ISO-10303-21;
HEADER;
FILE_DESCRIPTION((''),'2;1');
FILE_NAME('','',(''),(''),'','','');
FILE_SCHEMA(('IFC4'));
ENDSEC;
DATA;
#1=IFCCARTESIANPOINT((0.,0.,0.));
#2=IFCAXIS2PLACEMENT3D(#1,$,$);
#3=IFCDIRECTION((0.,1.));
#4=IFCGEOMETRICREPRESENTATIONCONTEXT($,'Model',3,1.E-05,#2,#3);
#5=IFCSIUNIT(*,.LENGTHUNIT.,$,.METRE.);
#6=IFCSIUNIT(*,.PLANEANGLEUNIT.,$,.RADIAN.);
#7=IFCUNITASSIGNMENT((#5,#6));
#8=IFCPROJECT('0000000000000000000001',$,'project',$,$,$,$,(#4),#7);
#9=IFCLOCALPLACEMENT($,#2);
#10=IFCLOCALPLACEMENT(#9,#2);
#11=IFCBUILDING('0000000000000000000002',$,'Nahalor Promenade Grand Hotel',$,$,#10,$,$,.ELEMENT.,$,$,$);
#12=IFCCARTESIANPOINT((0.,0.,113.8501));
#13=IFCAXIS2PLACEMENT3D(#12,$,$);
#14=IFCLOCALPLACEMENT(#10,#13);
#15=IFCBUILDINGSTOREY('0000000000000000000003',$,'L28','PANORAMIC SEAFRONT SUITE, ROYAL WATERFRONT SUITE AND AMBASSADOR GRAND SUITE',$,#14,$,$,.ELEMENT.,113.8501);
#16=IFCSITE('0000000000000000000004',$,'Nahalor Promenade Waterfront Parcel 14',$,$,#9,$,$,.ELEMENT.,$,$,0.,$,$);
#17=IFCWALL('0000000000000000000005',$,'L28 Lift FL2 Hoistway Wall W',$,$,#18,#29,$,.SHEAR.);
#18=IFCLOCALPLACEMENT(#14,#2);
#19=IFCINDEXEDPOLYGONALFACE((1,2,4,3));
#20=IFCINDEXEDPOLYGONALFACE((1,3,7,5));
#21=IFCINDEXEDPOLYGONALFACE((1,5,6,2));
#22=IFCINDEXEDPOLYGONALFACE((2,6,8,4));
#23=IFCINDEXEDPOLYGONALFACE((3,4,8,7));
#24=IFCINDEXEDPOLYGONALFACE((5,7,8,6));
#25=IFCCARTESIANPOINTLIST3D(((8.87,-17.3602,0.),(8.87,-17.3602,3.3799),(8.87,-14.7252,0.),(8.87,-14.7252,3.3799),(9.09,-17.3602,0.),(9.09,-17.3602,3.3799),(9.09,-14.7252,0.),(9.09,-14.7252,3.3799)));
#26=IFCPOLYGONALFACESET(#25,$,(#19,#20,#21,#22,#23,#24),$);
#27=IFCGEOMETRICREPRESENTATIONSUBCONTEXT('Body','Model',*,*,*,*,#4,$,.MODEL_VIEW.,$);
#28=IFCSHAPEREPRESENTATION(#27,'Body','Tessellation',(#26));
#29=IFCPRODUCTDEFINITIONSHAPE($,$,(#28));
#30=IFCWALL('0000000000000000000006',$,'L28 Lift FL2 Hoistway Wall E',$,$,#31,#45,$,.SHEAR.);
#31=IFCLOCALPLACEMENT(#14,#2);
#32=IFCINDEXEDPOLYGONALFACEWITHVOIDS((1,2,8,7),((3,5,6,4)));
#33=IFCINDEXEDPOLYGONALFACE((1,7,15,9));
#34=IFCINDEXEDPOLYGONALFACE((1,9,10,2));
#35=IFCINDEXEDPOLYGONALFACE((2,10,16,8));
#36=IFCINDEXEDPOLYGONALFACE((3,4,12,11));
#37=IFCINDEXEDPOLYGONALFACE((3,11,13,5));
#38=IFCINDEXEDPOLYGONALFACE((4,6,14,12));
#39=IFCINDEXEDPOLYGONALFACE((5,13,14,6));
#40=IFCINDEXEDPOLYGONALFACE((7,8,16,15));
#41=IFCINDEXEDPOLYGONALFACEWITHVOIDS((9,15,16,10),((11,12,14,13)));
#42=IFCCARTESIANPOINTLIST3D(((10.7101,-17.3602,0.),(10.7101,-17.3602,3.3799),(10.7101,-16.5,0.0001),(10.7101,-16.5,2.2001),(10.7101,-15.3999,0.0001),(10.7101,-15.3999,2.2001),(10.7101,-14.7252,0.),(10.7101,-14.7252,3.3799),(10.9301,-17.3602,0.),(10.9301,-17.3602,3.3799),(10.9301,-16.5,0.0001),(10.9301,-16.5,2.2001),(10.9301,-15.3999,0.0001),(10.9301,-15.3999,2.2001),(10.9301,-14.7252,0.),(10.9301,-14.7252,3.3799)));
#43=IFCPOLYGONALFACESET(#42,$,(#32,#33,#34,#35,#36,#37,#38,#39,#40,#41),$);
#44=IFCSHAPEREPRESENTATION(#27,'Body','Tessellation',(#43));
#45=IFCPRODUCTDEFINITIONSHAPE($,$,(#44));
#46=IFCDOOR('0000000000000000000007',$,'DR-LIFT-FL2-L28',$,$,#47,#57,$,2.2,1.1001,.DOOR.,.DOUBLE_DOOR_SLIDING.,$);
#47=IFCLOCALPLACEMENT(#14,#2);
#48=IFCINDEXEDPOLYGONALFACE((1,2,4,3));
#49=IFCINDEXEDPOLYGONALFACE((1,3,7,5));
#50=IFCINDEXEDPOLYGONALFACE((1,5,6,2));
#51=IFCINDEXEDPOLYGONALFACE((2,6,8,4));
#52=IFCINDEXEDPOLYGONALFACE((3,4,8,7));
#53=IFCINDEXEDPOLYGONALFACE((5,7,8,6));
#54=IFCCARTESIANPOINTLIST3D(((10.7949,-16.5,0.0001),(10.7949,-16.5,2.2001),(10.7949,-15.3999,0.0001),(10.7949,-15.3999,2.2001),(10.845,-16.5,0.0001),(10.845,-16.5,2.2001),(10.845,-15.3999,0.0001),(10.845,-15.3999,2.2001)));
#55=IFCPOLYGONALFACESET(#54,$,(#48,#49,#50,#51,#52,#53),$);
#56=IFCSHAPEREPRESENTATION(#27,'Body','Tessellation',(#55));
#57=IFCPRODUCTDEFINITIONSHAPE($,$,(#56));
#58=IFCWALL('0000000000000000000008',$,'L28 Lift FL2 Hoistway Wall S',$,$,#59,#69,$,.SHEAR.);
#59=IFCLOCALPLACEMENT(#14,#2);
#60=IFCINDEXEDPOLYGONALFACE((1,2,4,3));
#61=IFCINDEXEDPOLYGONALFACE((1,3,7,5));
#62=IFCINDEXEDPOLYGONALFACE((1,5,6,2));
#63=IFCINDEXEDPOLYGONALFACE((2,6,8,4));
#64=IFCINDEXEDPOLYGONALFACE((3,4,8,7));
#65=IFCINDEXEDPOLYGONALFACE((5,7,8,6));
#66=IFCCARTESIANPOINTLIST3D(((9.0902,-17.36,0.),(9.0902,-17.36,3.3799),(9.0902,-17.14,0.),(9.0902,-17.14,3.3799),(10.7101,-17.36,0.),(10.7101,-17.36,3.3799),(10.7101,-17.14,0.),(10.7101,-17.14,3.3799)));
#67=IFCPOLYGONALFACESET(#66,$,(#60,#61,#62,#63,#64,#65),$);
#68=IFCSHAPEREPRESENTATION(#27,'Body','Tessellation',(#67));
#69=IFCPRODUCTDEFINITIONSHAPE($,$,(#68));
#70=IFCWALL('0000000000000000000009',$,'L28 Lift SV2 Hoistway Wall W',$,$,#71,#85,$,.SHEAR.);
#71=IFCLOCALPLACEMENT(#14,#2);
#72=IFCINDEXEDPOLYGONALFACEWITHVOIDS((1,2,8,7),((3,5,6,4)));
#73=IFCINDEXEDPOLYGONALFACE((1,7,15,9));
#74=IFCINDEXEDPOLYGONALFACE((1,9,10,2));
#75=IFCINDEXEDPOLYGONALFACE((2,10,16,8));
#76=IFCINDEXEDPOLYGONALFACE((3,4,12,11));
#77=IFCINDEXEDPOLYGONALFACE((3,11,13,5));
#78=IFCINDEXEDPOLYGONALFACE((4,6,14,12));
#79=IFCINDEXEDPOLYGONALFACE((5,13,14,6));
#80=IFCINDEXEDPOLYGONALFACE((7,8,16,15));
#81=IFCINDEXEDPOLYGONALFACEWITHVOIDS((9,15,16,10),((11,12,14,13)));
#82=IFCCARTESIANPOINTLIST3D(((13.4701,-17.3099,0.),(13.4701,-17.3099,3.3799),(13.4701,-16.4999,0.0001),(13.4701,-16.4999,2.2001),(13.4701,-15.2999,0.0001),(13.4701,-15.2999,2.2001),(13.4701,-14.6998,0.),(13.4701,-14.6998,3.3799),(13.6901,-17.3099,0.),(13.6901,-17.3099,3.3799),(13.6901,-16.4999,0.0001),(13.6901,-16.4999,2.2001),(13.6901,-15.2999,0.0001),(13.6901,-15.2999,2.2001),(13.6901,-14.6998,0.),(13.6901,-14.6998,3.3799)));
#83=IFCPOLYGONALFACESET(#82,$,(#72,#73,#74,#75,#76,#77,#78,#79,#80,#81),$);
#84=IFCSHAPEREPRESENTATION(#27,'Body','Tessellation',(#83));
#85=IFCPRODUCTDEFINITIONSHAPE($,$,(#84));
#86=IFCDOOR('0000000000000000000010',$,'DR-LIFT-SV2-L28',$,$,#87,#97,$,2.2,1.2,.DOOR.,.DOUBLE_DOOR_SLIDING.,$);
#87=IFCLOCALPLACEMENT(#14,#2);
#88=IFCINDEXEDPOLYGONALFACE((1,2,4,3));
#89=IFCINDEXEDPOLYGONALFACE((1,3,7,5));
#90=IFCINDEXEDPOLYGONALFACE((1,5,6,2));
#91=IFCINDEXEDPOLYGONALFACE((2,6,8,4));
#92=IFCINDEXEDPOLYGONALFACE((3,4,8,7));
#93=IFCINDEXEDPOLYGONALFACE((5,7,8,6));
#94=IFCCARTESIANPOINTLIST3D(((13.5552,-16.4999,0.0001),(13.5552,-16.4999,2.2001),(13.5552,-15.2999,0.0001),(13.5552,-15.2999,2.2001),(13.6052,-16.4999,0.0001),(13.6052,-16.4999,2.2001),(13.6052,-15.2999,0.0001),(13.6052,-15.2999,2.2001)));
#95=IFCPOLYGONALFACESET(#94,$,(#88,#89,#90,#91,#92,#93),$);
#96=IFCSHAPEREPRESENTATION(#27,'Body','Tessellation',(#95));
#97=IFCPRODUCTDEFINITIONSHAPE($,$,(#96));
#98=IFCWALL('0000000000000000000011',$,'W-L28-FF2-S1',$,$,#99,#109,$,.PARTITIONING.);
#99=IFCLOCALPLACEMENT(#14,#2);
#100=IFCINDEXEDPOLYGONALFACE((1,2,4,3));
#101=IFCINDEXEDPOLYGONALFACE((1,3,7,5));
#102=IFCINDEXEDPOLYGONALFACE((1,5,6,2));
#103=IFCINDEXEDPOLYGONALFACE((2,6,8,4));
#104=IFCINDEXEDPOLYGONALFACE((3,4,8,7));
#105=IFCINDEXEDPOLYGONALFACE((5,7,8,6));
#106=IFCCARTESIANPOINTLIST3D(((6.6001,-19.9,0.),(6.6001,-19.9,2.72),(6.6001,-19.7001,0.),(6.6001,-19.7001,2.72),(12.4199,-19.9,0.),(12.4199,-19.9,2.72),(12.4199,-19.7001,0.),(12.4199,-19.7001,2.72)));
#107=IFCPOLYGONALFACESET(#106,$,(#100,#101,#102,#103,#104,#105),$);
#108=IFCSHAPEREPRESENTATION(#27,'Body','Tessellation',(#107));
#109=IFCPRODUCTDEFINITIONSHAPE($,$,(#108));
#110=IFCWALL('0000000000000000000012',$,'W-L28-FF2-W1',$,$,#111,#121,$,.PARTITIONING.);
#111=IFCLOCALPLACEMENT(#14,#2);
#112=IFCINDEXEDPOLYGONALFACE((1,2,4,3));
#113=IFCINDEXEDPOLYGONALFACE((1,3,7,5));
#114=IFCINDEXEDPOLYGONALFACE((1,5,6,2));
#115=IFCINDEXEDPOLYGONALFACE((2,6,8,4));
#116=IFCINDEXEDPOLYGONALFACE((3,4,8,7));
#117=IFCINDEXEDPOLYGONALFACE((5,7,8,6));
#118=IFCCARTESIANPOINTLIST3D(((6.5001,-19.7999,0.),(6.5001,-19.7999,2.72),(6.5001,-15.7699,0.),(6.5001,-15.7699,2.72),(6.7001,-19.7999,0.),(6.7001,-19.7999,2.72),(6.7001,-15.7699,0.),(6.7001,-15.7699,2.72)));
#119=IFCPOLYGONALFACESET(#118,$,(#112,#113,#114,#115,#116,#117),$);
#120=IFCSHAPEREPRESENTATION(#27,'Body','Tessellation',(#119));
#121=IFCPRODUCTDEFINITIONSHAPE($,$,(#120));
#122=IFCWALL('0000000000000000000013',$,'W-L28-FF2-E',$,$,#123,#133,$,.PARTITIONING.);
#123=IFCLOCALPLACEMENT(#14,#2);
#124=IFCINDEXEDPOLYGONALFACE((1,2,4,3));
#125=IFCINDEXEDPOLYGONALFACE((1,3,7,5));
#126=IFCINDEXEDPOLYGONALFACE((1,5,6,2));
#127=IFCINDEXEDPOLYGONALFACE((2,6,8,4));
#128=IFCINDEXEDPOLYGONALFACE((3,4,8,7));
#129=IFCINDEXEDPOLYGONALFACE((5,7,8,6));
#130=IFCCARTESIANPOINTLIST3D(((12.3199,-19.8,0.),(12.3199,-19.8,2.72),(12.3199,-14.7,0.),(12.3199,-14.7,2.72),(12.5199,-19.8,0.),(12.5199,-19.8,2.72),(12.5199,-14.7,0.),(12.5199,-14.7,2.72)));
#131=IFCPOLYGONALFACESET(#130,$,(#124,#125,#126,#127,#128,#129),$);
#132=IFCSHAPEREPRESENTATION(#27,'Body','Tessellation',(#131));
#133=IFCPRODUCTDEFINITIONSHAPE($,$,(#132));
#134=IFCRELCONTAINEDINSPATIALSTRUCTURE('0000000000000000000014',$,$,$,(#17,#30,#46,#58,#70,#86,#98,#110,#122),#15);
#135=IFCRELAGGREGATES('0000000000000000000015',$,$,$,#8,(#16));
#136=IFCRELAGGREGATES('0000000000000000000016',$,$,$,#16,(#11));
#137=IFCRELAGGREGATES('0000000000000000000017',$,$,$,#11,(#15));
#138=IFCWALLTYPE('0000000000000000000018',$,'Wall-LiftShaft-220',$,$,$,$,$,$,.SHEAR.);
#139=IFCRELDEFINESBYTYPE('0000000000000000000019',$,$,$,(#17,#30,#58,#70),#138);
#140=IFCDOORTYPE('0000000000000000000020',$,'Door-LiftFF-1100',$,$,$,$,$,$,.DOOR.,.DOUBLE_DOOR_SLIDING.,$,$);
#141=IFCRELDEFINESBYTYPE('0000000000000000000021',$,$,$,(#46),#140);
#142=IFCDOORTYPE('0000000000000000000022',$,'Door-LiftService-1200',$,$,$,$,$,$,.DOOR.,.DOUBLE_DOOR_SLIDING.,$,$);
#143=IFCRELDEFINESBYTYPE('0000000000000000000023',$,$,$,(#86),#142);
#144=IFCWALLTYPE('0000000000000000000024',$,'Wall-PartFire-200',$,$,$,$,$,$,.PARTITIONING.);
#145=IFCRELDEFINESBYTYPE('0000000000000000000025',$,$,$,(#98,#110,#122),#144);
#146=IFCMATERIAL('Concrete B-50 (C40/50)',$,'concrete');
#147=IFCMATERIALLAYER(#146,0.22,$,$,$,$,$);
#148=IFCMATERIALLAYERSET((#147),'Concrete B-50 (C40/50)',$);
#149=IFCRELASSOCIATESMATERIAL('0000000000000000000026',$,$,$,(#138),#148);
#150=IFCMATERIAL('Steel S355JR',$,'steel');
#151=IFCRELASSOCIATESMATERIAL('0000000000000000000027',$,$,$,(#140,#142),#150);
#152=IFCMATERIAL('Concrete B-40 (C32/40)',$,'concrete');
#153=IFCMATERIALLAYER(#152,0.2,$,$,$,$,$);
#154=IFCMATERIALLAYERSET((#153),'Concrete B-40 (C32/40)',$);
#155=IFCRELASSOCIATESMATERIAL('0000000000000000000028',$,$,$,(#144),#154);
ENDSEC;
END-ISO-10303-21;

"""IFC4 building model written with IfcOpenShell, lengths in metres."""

from ifc_helpers import new_model, si_unit, direction, frame, frame_2d, origin, place, context, subcontext, project, spatial, rectangle, extrude, source, transform, mapped, material, layer, layer_set, type_object, element, fill, save


model = new_model("IFC4")

# Units and contexts
model_context = context("Model", 3, precision=1e-05, world=origin(), true_north=direction((0.0, 1.0)))
body_context = subcontext(model_context, "Body", "Model", "MODEL_VIEW")
ifc_project = project(units=[si_unit("LENGTHUNIT", "METRE"), si_unit("PLANEANGLEUNIT", "RADIAN")], contexts=[model_context])

# Site, building, storey
site_placement = place(None, origin())
site = spatial("IfcSite", under=ifc_project, at=site_placement, Name="Nahalor Promenade Waterfront Parcel 14", CompositionType="ELEMENT", RefElevation=0.0)
building_placement = place(site_placement, origin())
building = spatial("IfcBuilding", under=site, at=building_placement, Name="Nahalor Promenade Grand Hotel", CompositionType="ELEMENT")
storey_placement = place(building_placement, frame((0.0, 0.0, 113.8501)))
storey = spatial("IfcBuildingStorey", under=building, at=storey_placement, Name="L28", Description="PANORAMIC SEAFRONT SUITE, ROYAL WATERFRONT SUITE AND AMBASSADOR GRAND SUITE", CompositionType="ELEMENT", Elevation=113.8501)

# Shared definitions
ifc_material_1 = material(Name="Steel S355JR", Category="steel")

# Shared definitions
ifc_material_2 = material(Name="Concrete B-50 (C40/50)", Category="concrete")

# Wall
ifc_layer_1 = layer(ifc_material_2, 0.22)
ifc_layer_set_1 = layer_set([ifc_layer_1], Name="Concrete B-50 (C40/50)")
wall_type_1 = type_object("IfcWallType", Name="Wall-LiftShaft-220", PredefinedType="SHEAR", material=ifc_layer_set_1)
shared_shape_1 = source(origin(), body_context, "Body", "SweptSolid", [
    extrude(rectangle(XDim=2.635, YDim=0.22, at=frame_2d((1.3174, 0.0))), origin(), (0.0, 0.0, 1.0), 3.3799),
])
wall_1_placement = place(storey_placement, frame((8.98, -17.3601, 0.0), z_axis=(0.0, 0.0, 1.0), x_axis=(0.0, 1.0, 0.0)))
element("IfcWall", 1, at=wall_1_placement, inside=storey, type_object=wall_type_1, Name="L28 Lift FL2 Hoistway Wall W", PredefinedType="SHEAR", context=body_context, shape_type="MappedRepresentation", body=[
    mapped(shared_shape_1, transform((0.0, 0.0, 0.0), scale=1.0)),
])

# Wall, opening, door
wall_2_placement = place(storey_placement, frame((10.8201, -17.3601, 0.0), z_axis=(0.0, 0.0, 1.0), x_axis=(0.0, 1.0, 0.0)))
wall_2 = element("IfcWall", 2, at=wall_2_placement, inside=storey, type_object=wall_type_1, Name="L28 Lift FL2 Hoistway Wall E", PredefinedType="SHEAR", context=body_context, shape_type="MappedRepresentation", body=[
    mapped(shared_shape_1, transform((0.0, 0.0, 0.0), scale=1.0)),
])
opening_1_placement = place(wall_2_placement, frame((0.8601, 0.0, 0.0)))
opening_1 = element("IfcOpeningElement", 3, at=opening_1_placement, cuts=wall_2, PredefinedType="OPENING", context=body_context, shape_type="SweptSolid", body=[
    extrude(rectangle(XDim=1.1001, YDim=2.2, at=frame_2d((0.55, 1.1001))), frame((0.0, 0.1199, 0.0), z_axis=(0.0, -1.0, 0.0), x_axis=(1.0, 0.0, 0.0)), (0.0, 0.0, 1.0), 0.24),
])
door_type_1 = type_object("IfcDoorType", Name="Door-LiftFF-1100", OperationType="DOUBLE_DOOR_SLIDING", PredefinedType="DOOR", material=ifc_material_1)
shared_shape_2 = source(origin(), body_context, "Body", "SweptSolid", [
    extrude(rectangle(XDim=1.1001, YDim=2.2, at=frame_2d((0.55, 1.1001))), frame((0.0, 0.0249, 0.0), z_axis=(0.0, -1.0, 0.0), x_axis=(1.0, 0.0, 0.0)), (0.0, 0.0, 1.0), 0.05),
])
door_1_placement = place(opening_1_placement, frame((1.1001, 0.0, 0.0), z_axis=(0.0, 0.0, 1.0), x_axis=(-1.0, 0.0, 0.0)))
door_1 = element("IfcDoor", 4, at=door_1_placement, inside=storey, type_object=door_type_1, Name="DR-LIFT-FL2-L28", OperationType="DOUBLE_DOOR_SLIDING", OverallHeight=2.2, OverallWidth=1.1001, PredefinedType="DOOR", context=body_context, shape_type="MappedRepresentation", body=[
    mapped(shared_shape_2, transform((0.0, 0.0, 0.0), scale=1.0)),
])
fill(opening_1, door_1)

# Wall
shared_shape_3 = source(origin(), body_context, "Body", "SweptSolid", [
    extrude(rectangle(XDim=1.6199, YDim=0.22, at=frame_2d((0.8101, 0.0))), origin(), (0.0, 0.0, 1.0), 3.3799),
])
wall_3_placement = place(storey_placement, frame((9.0901, -17.25, 0.0), z_axis=(0.0, 0.0, 1.0), x_axis=(1.0, 0.0, 0.0)))
element("IfcWall", 5, at=wall_3_placement, inside=storey, type_object=wall_type_1, Name="L28 Lift FL2 Hoistway Wall S", PredefinedType="SHEAR", context=body_context, shape_type="MappedRepresentation", body=[
    mapped(shared_shape_3, transform((0.0, 0.0, 0.0), scale=1.0)),
])

# Wall, opening, door
shared_shape_4 = source(origin(), body_context, "Body", "SweptSolid", [
    extrude(rectangle(XDim=2.6101, YDim=0.22, at=frame_2d((1.3052, 0.0))), origin(), (0.0, 0.0, 1.0), 3.3799),
])
wall_4_placement = place(storey_placement, frame((13.5801, -17.3101, 0.0), z_axis=(0.0, 0.0, 1.0), x_axis=(0.0, 1.0, 0.0)))
wall_4 = element("IfcWall", 6, at=wall_4_placement, inside=storey, type_object=wall_type_1, Name="L28 Lift SV2 Hoistway Wall W", PredefinedType="SHEAR", context=body_context, shape_type="MappedRepresentation", body=[
    mapped(shared_shape_4, transform((0.0, 0.0, 0.0), scale=1.0)),
])
opening_2_placement = place(wall_4_placement, frame((0.8101, 0.0, 0.0)))
opening_2 = element("IfcOpeningElement", 7, at=opening_2_placement, cuts=wall_4, PredefinedType="OPENING", context=body_context, shape_type="SweptSolid", body=[
    extrude(rectangle(XDim=1.2, YDim=2.2, at=frame_2d((0.6001, 1.1001))), frame((0.0, 0.1199, 0.0), z_axis=(0.0, -1.0, 0.0), x_axis=(1.0, 0.0, 0.0)), (0.0, 0.0, 1.0), 0.24),
])
door_type_2 = type_object("IfcDoorType", Name="Door-LiftService-1200", OperationType="DOUBLE_DOOR_SLIDING", PredefinedType="DOOR", material=ifc_material_1)
shared_shape_5 = source(origin(), body_context, "Body", "SweptSolid", [
    extrude(rectangle(XDim=1.2, YDim=2.2, at=frame_2d((0.6001, 1.1001))), frame((0.0, 0.0249, 0.0), z_axis=(0.0, -1.0, 0.0), x_axis=(1.0, 0.0, 0.0)), (0.0, 0.0, 1.0), 0.05),
])
door_2_placement = place(opening_2_placement, origin())
door_2 = element("IfcDoor", 8, at=door_2_placement, inside=storey, type_object=door_type_2, Name="DR-LIFT-SV2-L28", OperationType="DOUBLE_DOOR_SLIDING", OverallHeight=2.2, OverallWidth=1.2, PredefinedType="DOOR", context=body_context, shape_type="MappedRepresentation", body=[
    mapped(shared_shape_5, transform((0.0, 0.0, 0.0), scale=1.0)),
])
fill(opening_2, door_2)

# Walls
ifc_material_3 = material(Name="Concrete B-40 (C32/40)", Category="concrete")
ifc_layer_2 = layer(ifc_material_3, 0.2)
ifc_layer_set_2 = layer_set([ifc_layer_2], Name="Concrete B-40 (C32/40)")
wall_type_2 = type_object("IfcWallType", Name="Wall-PartFire-200", PredefinedType="PARTITIONING", material=ifc_layer_set_2)
shared_shape_6 = source(origin(), body_context, "Body", "SweptSolid", [
    extrude(rectangle(XDim=5.8198, YDim=0.2, at=frame_2d((2.9099, 0.0))), origin(), (0.0, 0.0, 1.0), 2.72),
])
wall_5_placement = place(storey_placement, frame((6.6001, -19.8, 0.0), z_axis=(0.0, 0.0, 1.0), x_axis=(1.0, 0.0, 0.0)))
element("IfcWall", 9, at=wall_5_placement, inside=storey, type_object=wall_type_2, Name="W-L28-FF2-S1", PredefinedType="PARTITIONING", context=body_context, shape_type="MappedRepresentation", body=[
    mapped(shared_shape_6, transform((0.0, 0.0, 0.0), scale=1.0)),
])
shared_shape_7 = source(origin(), body_context, "Body", "SweptSolid", [
    extrude(rectangle(XDim=4.03, YDim=0.2, at=frame_2d((2.0151, 0.0))), origin(), (0.0, 0.0, 1.0), 2.72),
])
wall_6_placement = place(storey_placement, frame((6.6001, -19.8, 0.0), z_axis=(0.0, 0.0, 1.0), x_axis=(0.0, 1.0, 0.0)))
element("IfcWall", 10, at=wall_6_placement, inside=storey, type_object=wall_type_2, Name="W-L28-FF2-W1", PredefinedType="PARTITIONING", context=body_context, shape_type="MappedRepresentation", body=[
    mapped(shared_shape_7, transform((0.0, 0.0, 0.0), scale=1.0)),
])
shared_shape_8 = source(origin(), body_context, "Body", "SweptSolid", [
    extrude(rectangle(XDim=5.1001, YDim=0.2, at=frame_2d((2.55, 0.0))), origin(), (0.0, 0.0, 1.0), 2.72),
])
wall_7_placement = place(storey_placement, frame((12.4199, -19.8, 0.0), z_axis=(0.0, 0.0, 1.0), x_axis=(0.0, 1.0, 0.0)))
element("IfcWall", 11, at=wall_7_placement, inside=storey, type_object=wall_type_2, Name="W-L28-FF2-E", PredefinedType="PARTITIONING", context=body_context, shape_type="MappedRepresentation", body=[
    mapped(shared_shape_8, transform((0.0, 0.0, 0.0), scale=1.0)),
])

save(model, "model.ifc")
